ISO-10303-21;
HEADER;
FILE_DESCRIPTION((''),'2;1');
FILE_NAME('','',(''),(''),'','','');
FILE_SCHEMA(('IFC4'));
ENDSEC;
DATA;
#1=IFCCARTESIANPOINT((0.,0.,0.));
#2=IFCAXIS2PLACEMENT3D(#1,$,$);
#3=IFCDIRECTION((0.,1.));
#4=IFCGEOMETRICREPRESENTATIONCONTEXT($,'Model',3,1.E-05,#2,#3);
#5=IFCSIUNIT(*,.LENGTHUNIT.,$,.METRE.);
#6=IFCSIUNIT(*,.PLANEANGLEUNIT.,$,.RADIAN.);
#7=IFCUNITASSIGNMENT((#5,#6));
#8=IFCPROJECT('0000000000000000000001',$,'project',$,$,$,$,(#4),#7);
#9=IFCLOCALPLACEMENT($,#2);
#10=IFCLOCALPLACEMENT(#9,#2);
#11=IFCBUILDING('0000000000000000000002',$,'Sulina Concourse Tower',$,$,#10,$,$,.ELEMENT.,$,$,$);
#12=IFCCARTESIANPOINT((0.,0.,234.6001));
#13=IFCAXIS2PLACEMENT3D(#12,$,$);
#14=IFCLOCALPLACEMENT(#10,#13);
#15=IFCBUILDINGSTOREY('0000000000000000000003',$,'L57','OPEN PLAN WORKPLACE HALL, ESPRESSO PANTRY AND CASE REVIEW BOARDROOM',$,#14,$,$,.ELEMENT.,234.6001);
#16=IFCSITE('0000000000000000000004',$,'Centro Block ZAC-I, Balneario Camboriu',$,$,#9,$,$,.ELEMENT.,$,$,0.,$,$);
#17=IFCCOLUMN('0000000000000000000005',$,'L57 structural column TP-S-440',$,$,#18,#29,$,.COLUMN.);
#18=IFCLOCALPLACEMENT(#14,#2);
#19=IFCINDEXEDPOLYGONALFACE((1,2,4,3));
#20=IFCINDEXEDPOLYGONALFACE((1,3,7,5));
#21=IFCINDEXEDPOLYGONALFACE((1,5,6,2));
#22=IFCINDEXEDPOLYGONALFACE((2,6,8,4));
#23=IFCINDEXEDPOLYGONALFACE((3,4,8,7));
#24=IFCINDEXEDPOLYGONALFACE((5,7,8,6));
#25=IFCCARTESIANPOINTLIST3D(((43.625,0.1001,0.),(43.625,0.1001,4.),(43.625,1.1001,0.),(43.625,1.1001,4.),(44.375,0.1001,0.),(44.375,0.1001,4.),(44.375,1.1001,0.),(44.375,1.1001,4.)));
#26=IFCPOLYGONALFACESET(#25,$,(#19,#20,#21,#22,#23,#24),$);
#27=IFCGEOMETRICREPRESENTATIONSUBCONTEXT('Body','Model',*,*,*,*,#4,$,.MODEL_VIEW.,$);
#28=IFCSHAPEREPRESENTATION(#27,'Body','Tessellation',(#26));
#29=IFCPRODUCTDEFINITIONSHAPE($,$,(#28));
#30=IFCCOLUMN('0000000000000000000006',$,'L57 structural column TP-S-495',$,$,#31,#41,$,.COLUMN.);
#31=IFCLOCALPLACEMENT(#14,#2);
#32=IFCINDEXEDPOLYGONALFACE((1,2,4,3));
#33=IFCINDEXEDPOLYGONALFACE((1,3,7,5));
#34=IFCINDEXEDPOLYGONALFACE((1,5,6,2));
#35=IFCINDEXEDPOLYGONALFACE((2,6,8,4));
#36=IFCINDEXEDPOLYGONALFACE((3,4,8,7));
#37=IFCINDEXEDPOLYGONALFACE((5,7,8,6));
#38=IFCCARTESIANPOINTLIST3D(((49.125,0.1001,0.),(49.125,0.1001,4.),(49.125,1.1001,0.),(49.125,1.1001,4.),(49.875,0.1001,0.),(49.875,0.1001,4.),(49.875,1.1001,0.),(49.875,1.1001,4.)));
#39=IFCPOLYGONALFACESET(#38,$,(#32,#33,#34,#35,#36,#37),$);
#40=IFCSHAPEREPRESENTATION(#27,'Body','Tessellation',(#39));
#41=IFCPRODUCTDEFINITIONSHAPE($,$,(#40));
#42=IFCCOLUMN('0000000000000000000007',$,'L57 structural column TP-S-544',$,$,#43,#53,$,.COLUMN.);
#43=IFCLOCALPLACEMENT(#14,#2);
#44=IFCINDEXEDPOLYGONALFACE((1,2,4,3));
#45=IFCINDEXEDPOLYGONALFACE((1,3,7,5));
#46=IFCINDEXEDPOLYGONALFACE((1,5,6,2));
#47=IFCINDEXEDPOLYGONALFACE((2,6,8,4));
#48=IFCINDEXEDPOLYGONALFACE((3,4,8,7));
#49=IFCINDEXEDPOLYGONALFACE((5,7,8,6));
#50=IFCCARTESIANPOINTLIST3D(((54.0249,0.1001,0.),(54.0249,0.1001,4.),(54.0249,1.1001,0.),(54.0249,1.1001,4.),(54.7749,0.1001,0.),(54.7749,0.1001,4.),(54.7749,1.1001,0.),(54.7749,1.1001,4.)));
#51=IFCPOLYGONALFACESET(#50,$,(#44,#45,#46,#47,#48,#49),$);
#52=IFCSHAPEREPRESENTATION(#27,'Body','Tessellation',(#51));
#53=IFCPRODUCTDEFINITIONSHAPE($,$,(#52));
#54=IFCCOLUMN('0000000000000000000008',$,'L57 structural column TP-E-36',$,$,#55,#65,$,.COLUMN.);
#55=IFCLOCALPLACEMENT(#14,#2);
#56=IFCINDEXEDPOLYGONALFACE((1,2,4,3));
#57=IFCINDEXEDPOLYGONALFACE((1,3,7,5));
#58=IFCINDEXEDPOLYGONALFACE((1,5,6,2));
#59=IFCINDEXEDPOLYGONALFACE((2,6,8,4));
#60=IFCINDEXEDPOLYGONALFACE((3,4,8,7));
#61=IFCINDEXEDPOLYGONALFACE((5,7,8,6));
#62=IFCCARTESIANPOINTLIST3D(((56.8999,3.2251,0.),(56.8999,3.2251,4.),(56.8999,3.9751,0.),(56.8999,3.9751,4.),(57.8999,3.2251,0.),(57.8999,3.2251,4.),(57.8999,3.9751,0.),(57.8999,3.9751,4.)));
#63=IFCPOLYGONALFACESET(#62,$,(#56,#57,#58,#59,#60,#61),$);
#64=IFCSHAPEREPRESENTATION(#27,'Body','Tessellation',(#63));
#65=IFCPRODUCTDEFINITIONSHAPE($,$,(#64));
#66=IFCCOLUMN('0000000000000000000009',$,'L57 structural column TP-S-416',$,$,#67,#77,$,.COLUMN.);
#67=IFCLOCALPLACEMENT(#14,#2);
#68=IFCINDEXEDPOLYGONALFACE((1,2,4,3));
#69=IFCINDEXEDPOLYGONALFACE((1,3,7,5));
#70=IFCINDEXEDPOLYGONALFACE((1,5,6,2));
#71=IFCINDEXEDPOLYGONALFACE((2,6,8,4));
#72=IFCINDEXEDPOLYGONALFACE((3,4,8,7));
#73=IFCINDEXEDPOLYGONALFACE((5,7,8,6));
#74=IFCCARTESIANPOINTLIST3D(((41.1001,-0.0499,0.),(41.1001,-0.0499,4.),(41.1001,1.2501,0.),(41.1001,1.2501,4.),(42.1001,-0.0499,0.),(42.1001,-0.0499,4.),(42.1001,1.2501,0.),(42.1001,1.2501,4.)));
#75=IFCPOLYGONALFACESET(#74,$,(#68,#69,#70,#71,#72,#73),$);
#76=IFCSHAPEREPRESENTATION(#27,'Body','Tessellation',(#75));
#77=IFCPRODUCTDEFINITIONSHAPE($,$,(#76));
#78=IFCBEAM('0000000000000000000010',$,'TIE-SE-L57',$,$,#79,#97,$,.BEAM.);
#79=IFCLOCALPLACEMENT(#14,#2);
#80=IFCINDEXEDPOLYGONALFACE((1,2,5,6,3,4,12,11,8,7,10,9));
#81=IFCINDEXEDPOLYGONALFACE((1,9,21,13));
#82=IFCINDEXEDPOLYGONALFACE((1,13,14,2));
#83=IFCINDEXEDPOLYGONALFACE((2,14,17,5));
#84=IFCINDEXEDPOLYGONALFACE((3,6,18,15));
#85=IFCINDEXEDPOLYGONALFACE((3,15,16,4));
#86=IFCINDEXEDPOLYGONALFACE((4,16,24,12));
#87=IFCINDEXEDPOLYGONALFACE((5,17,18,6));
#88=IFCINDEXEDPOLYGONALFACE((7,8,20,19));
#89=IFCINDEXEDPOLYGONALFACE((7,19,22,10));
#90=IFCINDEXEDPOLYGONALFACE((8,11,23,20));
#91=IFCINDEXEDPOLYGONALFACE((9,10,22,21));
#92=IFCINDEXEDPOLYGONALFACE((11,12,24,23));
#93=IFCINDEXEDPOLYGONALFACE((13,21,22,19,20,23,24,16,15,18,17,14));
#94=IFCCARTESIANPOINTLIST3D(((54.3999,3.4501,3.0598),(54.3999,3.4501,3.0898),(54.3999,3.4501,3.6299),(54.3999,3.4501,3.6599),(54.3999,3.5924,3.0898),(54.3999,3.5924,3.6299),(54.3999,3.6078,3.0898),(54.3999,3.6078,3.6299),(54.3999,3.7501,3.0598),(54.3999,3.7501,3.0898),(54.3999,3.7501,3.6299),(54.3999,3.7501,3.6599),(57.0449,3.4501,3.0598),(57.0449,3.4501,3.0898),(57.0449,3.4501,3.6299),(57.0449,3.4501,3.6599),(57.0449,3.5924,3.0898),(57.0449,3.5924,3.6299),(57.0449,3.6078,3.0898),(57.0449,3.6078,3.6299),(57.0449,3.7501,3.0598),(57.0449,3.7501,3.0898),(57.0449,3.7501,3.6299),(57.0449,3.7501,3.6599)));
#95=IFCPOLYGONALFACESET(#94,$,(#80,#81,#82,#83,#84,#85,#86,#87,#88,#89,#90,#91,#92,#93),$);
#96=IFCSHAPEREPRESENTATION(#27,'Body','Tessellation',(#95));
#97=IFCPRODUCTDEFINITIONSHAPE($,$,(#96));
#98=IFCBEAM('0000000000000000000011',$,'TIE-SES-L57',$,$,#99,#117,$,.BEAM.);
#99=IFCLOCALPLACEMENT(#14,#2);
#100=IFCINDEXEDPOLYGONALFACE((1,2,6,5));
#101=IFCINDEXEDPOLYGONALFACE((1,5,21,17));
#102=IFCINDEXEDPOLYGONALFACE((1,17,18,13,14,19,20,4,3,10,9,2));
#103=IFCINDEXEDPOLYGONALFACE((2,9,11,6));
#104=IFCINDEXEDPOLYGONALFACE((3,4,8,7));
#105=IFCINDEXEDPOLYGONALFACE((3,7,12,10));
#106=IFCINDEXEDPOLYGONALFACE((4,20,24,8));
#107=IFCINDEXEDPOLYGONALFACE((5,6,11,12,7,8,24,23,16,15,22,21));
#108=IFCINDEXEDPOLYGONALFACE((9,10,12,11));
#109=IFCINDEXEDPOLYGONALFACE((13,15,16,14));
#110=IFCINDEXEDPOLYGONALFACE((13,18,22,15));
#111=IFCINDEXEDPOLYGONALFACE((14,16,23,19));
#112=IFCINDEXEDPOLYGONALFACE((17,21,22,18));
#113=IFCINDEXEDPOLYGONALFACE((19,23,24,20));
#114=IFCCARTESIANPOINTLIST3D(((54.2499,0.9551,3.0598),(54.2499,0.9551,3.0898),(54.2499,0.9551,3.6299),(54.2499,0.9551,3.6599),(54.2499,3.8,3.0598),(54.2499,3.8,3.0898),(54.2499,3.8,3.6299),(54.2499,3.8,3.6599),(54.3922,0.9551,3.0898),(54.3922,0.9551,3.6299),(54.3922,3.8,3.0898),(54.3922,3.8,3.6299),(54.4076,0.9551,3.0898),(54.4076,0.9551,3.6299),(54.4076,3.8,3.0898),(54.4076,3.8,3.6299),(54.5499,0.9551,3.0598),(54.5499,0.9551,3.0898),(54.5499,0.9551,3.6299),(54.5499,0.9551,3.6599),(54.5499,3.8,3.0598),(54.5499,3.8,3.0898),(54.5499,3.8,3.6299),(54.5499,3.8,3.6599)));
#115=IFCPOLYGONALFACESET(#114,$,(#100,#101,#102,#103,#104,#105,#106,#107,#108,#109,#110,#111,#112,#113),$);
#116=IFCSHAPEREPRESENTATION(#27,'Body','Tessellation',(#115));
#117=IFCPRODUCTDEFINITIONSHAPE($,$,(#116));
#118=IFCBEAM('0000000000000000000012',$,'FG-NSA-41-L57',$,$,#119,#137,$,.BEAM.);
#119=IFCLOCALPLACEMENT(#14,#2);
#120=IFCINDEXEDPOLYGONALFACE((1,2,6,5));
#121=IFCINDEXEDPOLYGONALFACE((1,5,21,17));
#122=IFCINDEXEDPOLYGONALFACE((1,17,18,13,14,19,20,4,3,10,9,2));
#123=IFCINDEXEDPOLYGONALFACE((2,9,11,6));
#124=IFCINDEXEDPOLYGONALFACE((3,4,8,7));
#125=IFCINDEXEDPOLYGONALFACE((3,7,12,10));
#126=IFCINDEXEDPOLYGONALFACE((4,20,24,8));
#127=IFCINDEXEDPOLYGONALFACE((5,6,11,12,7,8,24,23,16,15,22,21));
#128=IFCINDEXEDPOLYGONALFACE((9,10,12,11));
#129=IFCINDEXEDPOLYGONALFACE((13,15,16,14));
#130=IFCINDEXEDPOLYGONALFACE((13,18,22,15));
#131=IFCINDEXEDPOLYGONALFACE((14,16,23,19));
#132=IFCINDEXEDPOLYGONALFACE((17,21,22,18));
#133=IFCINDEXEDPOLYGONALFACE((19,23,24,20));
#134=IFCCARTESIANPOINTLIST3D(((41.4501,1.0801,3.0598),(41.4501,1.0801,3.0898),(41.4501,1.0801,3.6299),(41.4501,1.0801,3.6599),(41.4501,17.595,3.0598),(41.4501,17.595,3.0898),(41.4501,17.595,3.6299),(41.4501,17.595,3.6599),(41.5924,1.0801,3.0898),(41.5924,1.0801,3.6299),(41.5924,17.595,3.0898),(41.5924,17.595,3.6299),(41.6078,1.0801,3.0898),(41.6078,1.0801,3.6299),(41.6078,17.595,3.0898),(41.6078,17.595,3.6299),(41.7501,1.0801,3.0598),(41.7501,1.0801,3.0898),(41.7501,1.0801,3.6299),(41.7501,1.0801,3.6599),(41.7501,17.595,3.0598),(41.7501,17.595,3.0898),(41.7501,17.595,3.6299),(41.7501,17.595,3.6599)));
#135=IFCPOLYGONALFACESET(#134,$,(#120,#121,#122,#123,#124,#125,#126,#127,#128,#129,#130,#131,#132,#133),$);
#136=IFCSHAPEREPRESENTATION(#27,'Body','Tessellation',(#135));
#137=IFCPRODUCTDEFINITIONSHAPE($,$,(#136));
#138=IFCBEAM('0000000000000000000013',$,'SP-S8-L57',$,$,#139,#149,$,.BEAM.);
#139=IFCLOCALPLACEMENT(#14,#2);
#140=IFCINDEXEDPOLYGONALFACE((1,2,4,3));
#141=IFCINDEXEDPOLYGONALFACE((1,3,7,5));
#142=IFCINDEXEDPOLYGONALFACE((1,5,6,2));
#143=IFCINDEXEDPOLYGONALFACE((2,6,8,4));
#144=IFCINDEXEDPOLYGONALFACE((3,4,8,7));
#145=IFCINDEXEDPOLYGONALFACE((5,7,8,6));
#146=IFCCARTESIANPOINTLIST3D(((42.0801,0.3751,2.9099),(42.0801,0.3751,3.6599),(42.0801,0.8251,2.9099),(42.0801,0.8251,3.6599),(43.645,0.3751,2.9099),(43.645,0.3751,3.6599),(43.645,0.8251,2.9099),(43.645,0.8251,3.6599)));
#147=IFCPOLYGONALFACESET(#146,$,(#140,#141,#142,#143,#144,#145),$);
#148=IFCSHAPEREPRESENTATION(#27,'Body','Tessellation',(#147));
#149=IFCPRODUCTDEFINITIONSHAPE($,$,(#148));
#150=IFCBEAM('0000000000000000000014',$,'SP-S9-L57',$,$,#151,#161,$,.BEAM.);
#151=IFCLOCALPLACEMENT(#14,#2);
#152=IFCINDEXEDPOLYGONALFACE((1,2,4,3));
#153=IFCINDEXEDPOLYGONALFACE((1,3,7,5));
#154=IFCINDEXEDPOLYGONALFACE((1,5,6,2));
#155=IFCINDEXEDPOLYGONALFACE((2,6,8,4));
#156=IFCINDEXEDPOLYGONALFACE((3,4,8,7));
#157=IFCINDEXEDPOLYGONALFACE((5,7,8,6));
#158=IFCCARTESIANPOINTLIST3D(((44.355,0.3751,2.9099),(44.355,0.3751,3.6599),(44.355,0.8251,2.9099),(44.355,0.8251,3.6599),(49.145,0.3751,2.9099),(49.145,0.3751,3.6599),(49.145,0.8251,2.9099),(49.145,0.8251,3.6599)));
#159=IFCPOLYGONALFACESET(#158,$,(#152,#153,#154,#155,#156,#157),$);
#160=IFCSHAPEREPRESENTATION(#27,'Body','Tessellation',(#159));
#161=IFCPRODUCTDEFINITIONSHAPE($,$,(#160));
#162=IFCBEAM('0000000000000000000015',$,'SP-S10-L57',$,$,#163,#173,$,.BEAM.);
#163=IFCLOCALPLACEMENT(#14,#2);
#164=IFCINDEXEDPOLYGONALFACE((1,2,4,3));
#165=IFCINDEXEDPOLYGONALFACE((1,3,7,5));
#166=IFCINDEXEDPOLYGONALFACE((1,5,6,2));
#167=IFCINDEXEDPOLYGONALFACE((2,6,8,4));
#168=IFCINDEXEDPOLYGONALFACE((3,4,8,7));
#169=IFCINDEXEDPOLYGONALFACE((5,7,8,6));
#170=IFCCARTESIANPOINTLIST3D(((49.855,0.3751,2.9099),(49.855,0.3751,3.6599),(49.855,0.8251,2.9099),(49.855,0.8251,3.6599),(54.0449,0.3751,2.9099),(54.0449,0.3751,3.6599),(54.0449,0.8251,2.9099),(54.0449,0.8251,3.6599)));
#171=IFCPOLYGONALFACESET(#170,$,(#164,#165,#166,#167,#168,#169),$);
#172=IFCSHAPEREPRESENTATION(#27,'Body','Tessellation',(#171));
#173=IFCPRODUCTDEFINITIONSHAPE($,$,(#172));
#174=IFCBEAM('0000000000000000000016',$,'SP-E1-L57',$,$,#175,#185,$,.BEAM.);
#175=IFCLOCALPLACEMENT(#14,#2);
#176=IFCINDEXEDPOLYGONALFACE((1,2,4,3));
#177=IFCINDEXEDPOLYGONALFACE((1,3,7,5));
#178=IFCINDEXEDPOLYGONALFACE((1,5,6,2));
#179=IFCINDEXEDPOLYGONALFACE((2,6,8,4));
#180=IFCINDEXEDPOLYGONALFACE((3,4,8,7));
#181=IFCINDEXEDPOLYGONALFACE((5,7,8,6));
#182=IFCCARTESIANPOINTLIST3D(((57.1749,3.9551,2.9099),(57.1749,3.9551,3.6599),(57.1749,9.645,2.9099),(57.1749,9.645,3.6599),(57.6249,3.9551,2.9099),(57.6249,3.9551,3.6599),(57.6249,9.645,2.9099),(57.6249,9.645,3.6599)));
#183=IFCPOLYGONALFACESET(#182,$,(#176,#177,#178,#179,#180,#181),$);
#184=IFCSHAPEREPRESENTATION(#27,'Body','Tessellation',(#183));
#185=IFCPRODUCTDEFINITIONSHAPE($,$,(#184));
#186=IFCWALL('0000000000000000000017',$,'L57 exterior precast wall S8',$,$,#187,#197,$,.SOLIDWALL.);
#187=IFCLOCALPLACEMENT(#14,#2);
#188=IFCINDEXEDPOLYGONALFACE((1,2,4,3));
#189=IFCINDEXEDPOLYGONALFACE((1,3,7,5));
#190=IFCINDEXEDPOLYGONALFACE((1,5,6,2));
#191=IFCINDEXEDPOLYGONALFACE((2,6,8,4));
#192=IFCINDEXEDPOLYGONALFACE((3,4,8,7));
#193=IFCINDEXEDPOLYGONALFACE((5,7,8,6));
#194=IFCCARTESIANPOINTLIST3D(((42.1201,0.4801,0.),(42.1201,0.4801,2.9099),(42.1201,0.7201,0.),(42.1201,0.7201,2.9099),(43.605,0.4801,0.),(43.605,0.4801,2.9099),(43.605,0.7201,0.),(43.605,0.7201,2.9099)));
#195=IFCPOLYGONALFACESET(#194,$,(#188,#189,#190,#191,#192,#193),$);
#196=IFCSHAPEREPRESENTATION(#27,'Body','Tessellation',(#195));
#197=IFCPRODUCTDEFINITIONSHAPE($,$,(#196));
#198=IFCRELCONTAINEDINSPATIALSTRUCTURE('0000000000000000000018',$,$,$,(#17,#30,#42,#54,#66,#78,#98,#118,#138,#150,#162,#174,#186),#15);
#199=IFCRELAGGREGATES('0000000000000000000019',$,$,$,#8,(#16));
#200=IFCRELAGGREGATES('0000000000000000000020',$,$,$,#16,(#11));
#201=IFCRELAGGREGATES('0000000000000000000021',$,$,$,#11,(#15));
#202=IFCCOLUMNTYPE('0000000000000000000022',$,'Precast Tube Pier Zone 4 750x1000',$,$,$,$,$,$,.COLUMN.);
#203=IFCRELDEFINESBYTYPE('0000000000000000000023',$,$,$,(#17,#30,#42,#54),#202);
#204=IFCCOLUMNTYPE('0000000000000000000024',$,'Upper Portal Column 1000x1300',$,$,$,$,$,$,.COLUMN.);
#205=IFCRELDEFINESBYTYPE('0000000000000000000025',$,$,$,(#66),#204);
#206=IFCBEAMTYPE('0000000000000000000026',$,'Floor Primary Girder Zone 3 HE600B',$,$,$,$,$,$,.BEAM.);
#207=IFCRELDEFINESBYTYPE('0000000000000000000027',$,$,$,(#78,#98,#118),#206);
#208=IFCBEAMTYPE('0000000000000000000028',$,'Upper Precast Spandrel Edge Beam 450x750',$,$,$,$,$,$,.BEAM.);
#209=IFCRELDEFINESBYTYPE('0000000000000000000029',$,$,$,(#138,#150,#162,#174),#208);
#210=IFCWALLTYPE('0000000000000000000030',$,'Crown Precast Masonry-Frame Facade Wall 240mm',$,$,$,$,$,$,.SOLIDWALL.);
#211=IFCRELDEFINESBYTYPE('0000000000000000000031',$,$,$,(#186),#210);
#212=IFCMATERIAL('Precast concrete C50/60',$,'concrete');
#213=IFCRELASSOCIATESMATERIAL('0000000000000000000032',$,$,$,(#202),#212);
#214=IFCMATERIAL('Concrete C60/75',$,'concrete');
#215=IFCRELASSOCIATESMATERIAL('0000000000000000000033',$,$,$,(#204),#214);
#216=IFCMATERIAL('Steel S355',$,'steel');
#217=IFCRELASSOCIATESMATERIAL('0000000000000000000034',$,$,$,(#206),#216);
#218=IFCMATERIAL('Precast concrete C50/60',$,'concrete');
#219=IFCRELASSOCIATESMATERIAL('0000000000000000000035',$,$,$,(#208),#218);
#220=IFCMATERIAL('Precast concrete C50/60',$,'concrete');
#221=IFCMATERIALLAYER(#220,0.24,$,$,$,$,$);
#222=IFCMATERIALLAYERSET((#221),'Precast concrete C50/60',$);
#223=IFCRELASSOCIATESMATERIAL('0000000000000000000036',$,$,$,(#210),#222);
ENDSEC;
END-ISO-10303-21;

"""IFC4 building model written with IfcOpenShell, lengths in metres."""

from ifc_helpers import new_model, si_unit, direction, frame, frame_2d, origin, origin_2d, place, context, subcontext, project, spatial, rectangle, i_section, extrude, material, layer, layer_set, material_profile, profile_set, type_object, element, save


model = new_model("IFC4")

# Units and contexts
model_context = context("Model", 3, precision=1e-05, world=origin(), true_north=direction((0.0, 1.0)))
body_context = subcontext(model_context, "Body", "Model", "MODEL_VIEW")
ifc_project = project(units=[si_unit("LENGTHUNIT", "METRE"), si_unit("PLANEANGLEUNIT", "RADIAN")], contexts=[model_context])

# Site, building, storey
site_placement = place(None, origin())
site = spatial("IfcSite", under=ifc_project, at=site_placement, Name="Centro Block ZAC-I, Balneario Camboriu", CompositionType="ELEMENT", RefElevation=0.0)
building_placement = place(site_placement, origin())
building = spatial("IfcBuilding", under=site, at=building_placement, Name="Sulina Concourse Tower", CompositionType="ELEMENT")
storey_placement = place(building_placement, frame((0.0, 0.0, 234.6001)))
storey = spatial("IfcBuildingStorey", under=building, at=storey_placement, Name="L57", Description="OPEN PLAN WORKPLACE HALL, ESPRESSO PANTRY AND CASE REVIEW BOARDROOM", CompositionType="ELEMENT", Elevation=234.6001)

# Columns
ifc_material_1 = material(Name="Precast concrete C50/60", Category="concrete")
ifc_material_profile_1 = material_profile(ifc_material_1, rectangle(XDim=0.75, YDim=1.0, at=origin_2d()), Name="PC 750x1000")
ifc_profile_set_1 = profile_set([ifc_material_profile_1], Name="Precast concrete C50/60")
column_type_1 = type_object("IfcColumnType", Name="Precast Tube Pier Zone 4 750x1000", PredefinedType="COLUMN", material=ifc_profile_set_1)
for number, where, z_axis, x_axis, name in (
    (1, (44.0, 0.6001, 0.0), (0.0, 0.0, 1.0), (1.0, 0.0, 0.0), "L57 structural column TP-S-440"),
    (2, (49.5, 0.6001, 0.0), (0.0, 0.0, 1.0), (1.0, 0.0, 0.0), "L57 structural column TP-S-495"),
    (3, (54.3999, 0.6001, 0.0), (0.0, 0.0, 1.0), (1.0, 0.0, 0.0), "L57 structural column TP-S-544"),
    (4, (57.3999, 3.6001, 0.0), (0.0, 0.0, 1.0), (0.0, 1.0, 0.0), "L57 structural column TP-E-36"),
):
    element("IfcColumn", number, at=place(storey_placement, frame(where, z_axis=z_axis, x_axis=x_axis)), inside=storey, type_object=column_type_1, Name=name, PredefinedType="COLUMN", context=body_context, shape_type="SweptSolid", body=[
        extrude(rectangle(XDim=0.75, YDim=1.0, at=origin_2d()), origin(), (0.0, 0.0, 1.0), 4.0),
    ])
ifc_material_2 = material(Name="Concrete C60/75", Category="concrete")
ifc_material_profile_2 = material_profile(ifc_material_2, rectangle(XDim=1.0, YDim=1.3, at=origin_2d()), Name="RC 1000x1300")
ifc_profile_set_2 = profile_set([ifc_material_profile_2], Name="Concrete C60/75")
column_type_2 = type_object("IfcColumnType", Name="Upper Portal Column 1000x1300", PredefinedType="COLUMN", material=ifc_profile_set_2)
column_placement = place(storey_placement, frame((41.6001, 0.6001, 0.0), z_axis=(0.0, 0.0, 1.0), x_axis=(1.0, 0.0, 0.0)))
element("IfcColumn", 5, at=column_placement, inside=storey, type_object=column_type_2, Name="L57 structural column TP-S-416", PredefinedType="COLUMN", context=body_context, shape_type="SweptSolid", body=[
    extrude(rectangle(XDim=1.0, YDim=1.3, at=origin_2d()), origin(), (0.0, 0.0, 1.0), 4.0),
])

# Beams
ifc_material_3 = material(Name="Steel S355", Category="steel")
ifc_material_profile_3 = material_profile(ifc_material_3, i_section(OverallWidth=0.3, OverallDepth=0.6001, WebThickness=0.0154, FlangeThickness=0.03, at=origin_2d()), Name="HE 600 B")
ifc_profile_set_3 = profile_set([ifc_material_profile_3], Name="Steel S355")
beam_type_1 = type_object("IfcBeamType", Name="Floor Primary Girder Zone 3 HE600B", PredefinedType="BEAM", material=ifc_profile_set_3)
beam_1_placement = place(storey_placement, frame((54.3999, 3.6001, 3.3599), z_axis=(1.0, 0.0, 0.0), x_axis=(0.0, 1.0, 0.0)))
element("IfcBeam", 6, at=beam_1_placement, inside=storey, type_object=beam_type_1, Name="TIE-SE-L57", PredefinedType="BEAM", context=body_context, shape_type="SweptSolid", body=[
    extrude(i_section(OverallWidth=0.3, OverallDepth=0.6001, WebThickness=0.0154, FlangeThickness=0.03, at=origin_2d()), origin(), (0.0, 0.0, 1.0), 2.645),
])
beam_2_placement = place(storey_placement, frame((54.3999, 0.9551, 3.3599), z_axis=(0.0, 1.0, 0.0), x_axis=(-1.0, 0.0, 0.0)))
element("IfcBeam", 7, at=beam_2_placement, inside=storey, type_object=beam_type_1, Name="TIE-SES-L57", PredefinedType="BEAM", context=body_context, shape_type="SweptSolid", body=[
    extrude(i_section(OverallWidth=0.3, OverallDepth=0.6001, WebThickness=0.0154, FlangeThickness=0.03, at=origin_2d()), origin(), (0.0, 0.0, 1.0), 2.845),
])
beam_3_placement = place(storey_placement, frame((41.6001, 1.0801, 3.3599), z_axis=(0.0, 1.0, 0.0), x_axis=(-1.0, 0.0, 0.0)))
element("IfcBeam", 8, at=beam_3_placement, inside=storey, type_object=beam_type_1, Name="FG-NSA-41-L57", PredefinedType="BEAM", context=body_context, shape_type="SweptSolid", body=[
    extrude(i_section(OverallWidth=0.3, OverallDepth=0.6001, WebThickness=0.0154, FlangeThickness=0.03, at=origin_2d()), origin(), (0.0, 0.0, 1.0), 16.5149),
])
ifc_material_4 = material(Name="Precast concrete C50/60", Category="concrete")
ifc_material_profile_4 = material_profile(ifc_material_4, rectangle(XDim=0.45, YDim=0.75, at=origin_2d()), Name="RC 450x750")
ifc_profile_set_4 = profile_set([ifc_material_profile_4], Name="Precast concrete C50/60")
beam_type_2 = type_object("IfcBeamType", Name="Upper Precast Spandrel Edge Beam 450x750", PredefinedType="BEAM", material=ifc_profile_set_4)
beam_4_placement = place(storey_placement, frame((42.0801, 0.6001, 3.2849), z_axis=(1.0, 0.0, 0.0), x_axis=(0.0, 1.0, 0.0)))
element("IfcBeam", 9, at=beam_4_placement, inside=storey, type_object=beam_type_2, Name="SP-S8-L57", PredefinedType="BEAM", context=body_context, shape_type="SweptSolid", body=[
    extrude(rectangle(XDim=0.45, YDim=0.75, at=origin_2d()), origin(), (0.0, 0.0, 1.0), 1.5649),
])
beam_5_placement = place(storey_placement, frame((44.355, 0.6001, 3.2849), z_axis=(1.0, 0.0, 0.0), x_axis=(0.0, 1.0, 0.0)))
element("IfcBeam", 10, at=beam_5_placement, inside=storey, type_object=beam_type_2, Name="SP-S9-L57", PredefinedType="BEAM", context=body_context, shape_type="SweptSolid", body=[
    extrude(rectangle(XDim=0.45, YDim=0.75, at=origin_2d()), origin(), (0.0, 0.0, 1.0), 4.79),
])
beam_6_placement = place(storey_placement, frame((49.855, 0.6001, 3.2849), z_axis=(1.0, 0.0, 0.0), x_axis=(0.0, 1.0, 0.0)))
element("IfcBeam", 11, at=beam_6_placement, inside=storey, type_object=beam_type_2, Name="SP-S10-L57", PredefinedType="BEAM", context=body_context, shape_type="SweptSolid", body=[
    extrude(rectangle(XDim=0.45, YDim=0.75, at=origin_2d()), origin(), (0.0, 0.0, 1.0), 4.1899),
])
beam_7_placement = place(storey_placement, frame((57.3999, 3.9551, 3.2849), z_axis=(0.0, 1.0, 0.0), x_axis=(-1.0, 0.0, 0.0)))
element("IfcBeam", 12, at=beam_7_placement, inside=storey, type_object=beam_type_2, Name="SP-E1-L57", PredefinedType="BEAM", context=body_context, shape_type="SweptSolid", body=[
    extrude(rectangle(XDim=0.45, YDim=0.75, at=origin_2d()), origin(), (0.0, 0.0, 1.0), 5.6899),
])

# Wall
ifc_material_5 = material(Name="Precast concrete C50/60", Category="concrete")
ifc_layer = layer(ifc_material_5, 0.24)
ifc_layer_set = layer_set([ifc_layer], Name="Precast concrete C50/60")
wall_type = type_object("IfcWallType", Name="Crown Precast Masonry-Frame Facade Wall 240mm", PredefinedType="SOLIDWALL", material=ifc_layer_set)
wall_1_placement = place(storey_placement, frame((43.605, 0.6001, 0.0), z_axis=(0.0, 0.0, 1.0), x_axis=(-1.0, 0.0, 0.0)))
element("IfcWall", 13, at=wall_1_placement, inside=storey, type_object=wall_type, Name="L57 exterior precast wall S8", PredefinedType="SOLIDWALL", context=body_context, shape_type="SweptSolid", body=[
    extrude(rectangle(XDim=1.4849, YDim=0.24, at=frame_2d((0.7424, 0.0))), origin(), (0.0, 0.0, 1.0), 2.9099),
])

save(model, "model.ifc")
